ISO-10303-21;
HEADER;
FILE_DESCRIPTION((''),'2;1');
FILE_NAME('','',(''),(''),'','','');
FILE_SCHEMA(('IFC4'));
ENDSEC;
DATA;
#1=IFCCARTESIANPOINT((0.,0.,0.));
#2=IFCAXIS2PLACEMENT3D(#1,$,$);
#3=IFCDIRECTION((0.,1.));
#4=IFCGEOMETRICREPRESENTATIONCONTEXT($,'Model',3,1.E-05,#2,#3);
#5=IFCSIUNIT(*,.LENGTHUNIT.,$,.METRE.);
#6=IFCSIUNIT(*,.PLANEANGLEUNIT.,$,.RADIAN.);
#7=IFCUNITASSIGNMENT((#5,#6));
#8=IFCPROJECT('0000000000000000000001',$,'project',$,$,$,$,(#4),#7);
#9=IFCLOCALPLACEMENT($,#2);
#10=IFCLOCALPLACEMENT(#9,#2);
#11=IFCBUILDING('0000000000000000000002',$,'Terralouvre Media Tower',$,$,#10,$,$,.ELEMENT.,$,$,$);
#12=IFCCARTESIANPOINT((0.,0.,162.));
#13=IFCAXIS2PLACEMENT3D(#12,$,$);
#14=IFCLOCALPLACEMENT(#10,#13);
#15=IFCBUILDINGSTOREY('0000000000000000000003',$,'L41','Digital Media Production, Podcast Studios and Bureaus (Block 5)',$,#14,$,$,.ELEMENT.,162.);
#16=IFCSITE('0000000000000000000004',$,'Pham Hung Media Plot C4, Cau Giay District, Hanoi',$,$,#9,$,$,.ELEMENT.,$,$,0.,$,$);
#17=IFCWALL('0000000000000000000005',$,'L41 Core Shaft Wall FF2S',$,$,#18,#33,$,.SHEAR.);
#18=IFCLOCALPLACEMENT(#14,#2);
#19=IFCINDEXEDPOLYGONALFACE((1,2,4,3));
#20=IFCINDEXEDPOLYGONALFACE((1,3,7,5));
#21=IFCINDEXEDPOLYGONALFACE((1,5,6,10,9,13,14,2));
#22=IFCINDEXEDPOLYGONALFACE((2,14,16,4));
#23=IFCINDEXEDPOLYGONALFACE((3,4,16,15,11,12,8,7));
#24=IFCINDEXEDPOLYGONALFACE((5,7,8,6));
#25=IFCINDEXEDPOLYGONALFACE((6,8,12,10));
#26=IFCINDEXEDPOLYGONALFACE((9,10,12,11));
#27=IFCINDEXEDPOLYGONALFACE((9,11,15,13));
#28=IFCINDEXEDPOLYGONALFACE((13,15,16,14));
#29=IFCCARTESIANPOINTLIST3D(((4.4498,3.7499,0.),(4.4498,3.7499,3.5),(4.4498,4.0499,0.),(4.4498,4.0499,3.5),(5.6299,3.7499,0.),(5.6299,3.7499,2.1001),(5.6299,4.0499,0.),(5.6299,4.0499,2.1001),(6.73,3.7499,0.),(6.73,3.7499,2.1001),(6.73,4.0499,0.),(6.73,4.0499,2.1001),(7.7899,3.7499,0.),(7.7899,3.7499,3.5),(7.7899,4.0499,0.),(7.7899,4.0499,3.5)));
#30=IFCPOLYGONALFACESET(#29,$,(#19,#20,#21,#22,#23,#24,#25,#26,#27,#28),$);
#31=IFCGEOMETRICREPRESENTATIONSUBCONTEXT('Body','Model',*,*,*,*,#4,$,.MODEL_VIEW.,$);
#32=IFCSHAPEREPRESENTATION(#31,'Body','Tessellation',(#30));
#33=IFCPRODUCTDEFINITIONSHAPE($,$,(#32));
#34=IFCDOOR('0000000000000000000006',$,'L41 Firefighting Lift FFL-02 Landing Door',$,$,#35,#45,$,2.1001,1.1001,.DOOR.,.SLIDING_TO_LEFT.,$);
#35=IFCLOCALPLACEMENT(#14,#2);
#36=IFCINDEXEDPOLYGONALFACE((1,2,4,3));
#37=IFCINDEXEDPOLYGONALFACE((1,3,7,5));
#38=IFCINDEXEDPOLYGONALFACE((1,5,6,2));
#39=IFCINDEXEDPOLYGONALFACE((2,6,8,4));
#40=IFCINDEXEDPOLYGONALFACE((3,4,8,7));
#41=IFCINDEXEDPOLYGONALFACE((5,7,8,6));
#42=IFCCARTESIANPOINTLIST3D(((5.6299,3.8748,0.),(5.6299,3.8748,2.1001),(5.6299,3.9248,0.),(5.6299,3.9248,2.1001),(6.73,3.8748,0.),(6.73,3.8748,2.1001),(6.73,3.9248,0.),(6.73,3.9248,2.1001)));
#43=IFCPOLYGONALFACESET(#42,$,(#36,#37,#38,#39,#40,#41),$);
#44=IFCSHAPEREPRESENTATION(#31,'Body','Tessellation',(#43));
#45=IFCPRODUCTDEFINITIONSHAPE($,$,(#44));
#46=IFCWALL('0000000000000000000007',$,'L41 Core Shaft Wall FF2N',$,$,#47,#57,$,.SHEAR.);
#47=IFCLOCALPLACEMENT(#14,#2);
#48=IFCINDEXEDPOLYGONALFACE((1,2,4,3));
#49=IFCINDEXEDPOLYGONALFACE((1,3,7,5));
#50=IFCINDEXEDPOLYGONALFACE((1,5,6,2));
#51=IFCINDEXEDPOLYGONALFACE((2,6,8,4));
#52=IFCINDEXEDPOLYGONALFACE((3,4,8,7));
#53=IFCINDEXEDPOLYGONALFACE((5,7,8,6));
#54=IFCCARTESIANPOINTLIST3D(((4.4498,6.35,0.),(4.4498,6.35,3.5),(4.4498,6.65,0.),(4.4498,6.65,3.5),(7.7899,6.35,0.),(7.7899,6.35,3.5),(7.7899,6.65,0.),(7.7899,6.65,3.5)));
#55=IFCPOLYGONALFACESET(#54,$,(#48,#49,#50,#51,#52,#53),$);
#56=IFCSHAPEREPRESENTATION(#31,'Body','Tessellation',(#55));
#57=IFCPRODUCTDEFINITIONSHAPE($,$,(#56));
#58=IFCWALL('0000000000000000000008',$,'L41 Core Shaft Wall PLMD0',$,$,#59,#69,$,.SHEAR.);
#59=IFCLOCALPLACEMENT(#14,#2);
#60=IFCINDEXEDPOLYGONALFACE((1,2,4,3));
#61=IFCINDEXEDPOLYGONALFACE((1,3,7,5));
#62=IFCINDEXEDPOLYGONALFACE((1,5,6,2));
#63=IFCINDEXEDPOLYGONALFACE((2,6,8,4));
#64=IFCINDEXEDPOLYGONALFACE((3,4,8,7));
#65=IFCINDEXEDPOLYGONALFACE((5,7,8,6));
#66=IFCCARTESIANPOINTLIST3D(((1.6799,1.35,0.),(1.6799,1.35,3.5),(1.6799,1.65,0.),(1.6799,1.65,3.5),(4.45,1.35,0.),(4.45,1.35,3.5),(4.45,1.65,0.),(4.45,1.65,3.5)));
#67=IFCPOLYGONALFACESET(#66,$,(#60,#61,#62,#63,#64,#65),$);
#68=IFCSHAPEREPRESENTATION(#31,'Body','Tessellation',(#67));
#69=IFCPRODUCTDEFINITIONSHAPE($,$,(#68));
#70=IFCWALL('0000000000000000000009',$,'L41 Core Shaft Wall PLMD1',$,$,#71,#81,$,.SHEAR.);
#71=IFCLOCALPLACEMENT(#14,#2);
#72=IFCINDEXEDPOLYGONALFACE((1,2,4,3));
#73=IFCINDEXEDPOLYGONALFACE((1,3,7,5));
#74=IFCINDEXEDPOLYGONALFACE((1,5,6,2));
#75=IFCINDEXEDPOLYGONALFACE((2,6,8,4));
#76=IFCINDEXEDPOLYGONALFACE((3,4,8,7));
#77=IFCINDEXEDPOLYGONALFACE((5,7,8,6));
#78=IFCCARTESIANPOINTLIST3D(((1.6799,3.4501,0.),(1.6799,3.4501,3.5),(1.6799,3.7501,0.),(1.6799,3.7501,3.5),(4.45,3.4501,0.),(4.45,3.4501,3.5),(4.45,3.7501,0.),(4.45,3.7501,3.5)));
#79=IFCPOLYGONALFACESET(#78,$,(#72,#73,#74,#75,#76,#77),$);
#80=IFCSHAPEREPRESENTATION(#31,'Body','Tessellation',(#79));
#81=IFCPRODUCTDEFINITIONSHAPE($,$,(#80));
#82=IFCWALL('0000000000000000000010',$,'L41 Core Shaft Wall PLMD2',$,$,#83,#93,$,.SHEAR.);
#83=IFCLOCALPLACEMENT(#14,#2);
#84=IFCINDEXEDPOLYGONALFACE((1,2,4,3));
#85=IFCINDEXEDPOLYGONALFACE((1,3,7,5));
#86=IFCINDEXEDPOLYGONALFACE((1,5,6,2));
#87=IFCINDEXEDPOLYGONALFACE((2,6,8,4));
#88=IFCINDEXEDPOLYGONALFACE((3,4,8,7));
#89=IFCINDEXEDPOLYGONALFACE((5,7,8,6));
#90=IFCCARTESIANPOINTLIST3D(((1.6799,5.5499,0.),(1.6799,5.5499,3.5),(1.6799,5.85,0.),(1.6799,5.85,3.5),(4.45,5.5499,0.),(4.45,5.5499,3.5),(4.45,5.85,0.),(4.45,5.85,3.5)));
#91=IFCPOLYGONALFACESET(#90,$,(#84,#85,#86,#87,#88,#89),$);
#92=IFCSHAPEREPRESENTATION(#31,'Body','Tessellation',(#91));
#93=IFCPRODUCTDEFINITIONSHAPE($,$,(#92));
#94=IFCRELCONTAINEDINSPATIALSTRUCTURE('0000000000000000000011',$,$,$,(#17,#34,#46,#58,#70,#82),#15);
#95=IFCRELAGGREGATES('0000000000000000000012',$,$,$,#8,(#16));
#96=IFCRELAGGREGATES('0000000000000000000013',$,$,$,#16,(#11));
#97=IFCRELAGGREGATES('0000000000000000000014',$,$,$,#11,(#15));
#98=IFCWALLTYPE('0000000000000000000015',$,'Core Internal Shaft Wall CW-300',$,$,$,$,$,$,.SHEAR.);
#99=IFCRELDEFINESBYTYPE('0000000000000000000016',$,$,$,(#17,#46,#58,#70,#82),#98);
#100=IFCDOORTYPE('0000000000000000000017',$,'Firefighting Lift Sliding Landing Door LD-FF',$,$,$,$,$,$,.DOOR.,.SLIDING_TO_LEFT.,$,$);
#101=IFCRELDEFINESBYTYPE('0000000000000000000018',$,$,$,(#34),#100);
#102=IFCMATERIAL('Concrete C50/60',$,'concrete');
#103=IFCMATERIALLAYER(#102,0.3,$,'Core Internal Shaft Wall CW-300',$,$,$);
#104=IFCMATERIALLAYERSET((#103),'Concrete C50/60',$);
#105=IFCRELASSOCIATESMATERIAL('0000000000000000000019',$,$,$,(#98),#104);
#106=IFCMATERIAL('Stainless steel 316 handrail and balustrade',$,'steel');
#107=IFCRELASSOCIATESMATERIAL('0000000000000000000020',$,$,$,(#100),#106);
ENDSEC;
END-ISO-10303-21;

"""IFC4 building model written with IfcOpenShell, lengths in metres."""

from ifc_helpers import new_model, si_unit, direction, frame, frame_2d, origin, place, context, subcontext, project, spatial, rectangle, extrude, material, layer, layer_set, type_object, element, fill, save


model = new_model("IFC4")

# Units and contexts
model_context = context("Model", 3, precision=1e-05, world=origin(), true_north=direction((0.0, 1.0)))
body_context = subcontext(model_context, "Body", "Model", "MODEL_VIEW")
ifc_project = project(units=[si_unit("LENGTHUNIT", "METRE"), si_unit("PLANEANGLEUNIT", "RADIAN")], contexts=[model_context])

# Site, building, storey
site_placement = place(None, origin())
site = spatial("IfcSite", under=ifc_project, at=site_placement, Name="Pham Hung Media Plot C4, Cau Giay District, Hanoi", CompositionType="ELEMENT", RefElevation=0.0)
building_placement = place(site_placement, origin())
building = spatial("IfcBuilding", under=site, at=building_placement, Name="Terralouvre Media Tower", CompositionType="ELEMENT")
storey_placement = place(building_placement, frame((0.0, 0.0, 162.0)))
storey = spatial("IfcBuildingStorey", under=building, at=storey_placement, Name="L41", Description="Digital Media Production, Podcast Studios and Bureaus (Block 5)", CompositionType="ELEMENT", Elevation=162.0)

# Wall, opening, door
ifc_material_1 = material(Name="Concrete C50/60", Category="concrete")
ifc_layer_1 = layer(ifc_material_1, 0.3, Name="Core Internal Shaft Wall CW-300")
ifc_layer_set_1 = layer_set([ifc_layer_1], Name="Concrete C50/60")
wall_type = type_object("IfcWallType", Name="Core Internal Shaft Wall CW-300", PredefinedType="SHEAR", material=ifc_layer_set_1)
wall_1_placement = place(storey_placement, frame((4.45, 3.8999, 0.0), z_axis=(0.0, 0.0, 1.0), x_axis=(1.0, 0.0, 0.0)))
wall_1 = element("IfcWall", 1, at=wall_1_placement, inside=storey, type_object=wall_type, Name="L41 Core Shaft Wall FF2S", PredefinedType="SHEAR", context=body_context, shape_type="SweptSolid", body=[
    extrude(rectangle(XDim=3.3401, YDim=0.3, at=frame_2d((1.6699, 0.0))), origin(), (0.0, 0.0, 1.0), 3.5),
])
opening_placement = place(wall_1_placement, frame((1.1799, 0.0, 0.0)))
opening = element("IfcOpeningElement", 2, at=opening_placement, cuts=wall_1, PredefinedType="OPENING", context=body_context, shape_type="SweptSolid", body=[
    extrude(rectangle(XDim=1.1001, YDim=2.1001, at=frame_2d((0.55, 1.05))), frame((0.0, 0.1599, 0.0), z_axis=(0.0, -1.0, 0.0), x_axis=(1.0, 0.0, 0.0)), (0.0, 0.0, 1.0), 0.3201),
])
ifc_material_2 = material(Name="Stainless steel 316 handrail and balustrade", Category="steel")
door_type = type_object("IfcDoorType", Name="Firefighting Lift Sliding Landing Door LD-FF", OperationType="SLIDING_TO_LEFT", PredefinedType="DOOR", material=ifc_material_2)
door_placement = place(opening_placement, origin())
door = element("IfcDoor", 3, at=door_placement, inside=storey, type_object=door_type, Name="L41 Firefighting Lift FFL-02 Landing Door", OperationType="SLIDING_TO_LEFT", OverallHeight=2.1001, OverallWidth=1.1001, PredefinedType="DOOR", context=body_context, shape_type="SweptSolid", body=[
    extrude(rectangle(XDim=1.1001, YDim=2.1001, at=frame_2d((0.55, 1.05))), frame((0.0, 0.0249, 0.0), z_axis=(0.0, -1.0, 0.0), x_axis=(1.0, 0.0, 0.0)), (0.0, 0.0, 1.0), 0.05),
])
fill(opening, door)

# Walls
wall_2_placement = place(storey_placement, frame((4.45, 6.5, 0.0), z_axis=(0.0, 0.0, 1.0), x_axis=(1.0, 0.0, 0.0)))
element("IfcWall", 4, at=wall_2_placement, inside=storey, type_object=wall_type, Name="L41 Core Shaft Wall FF2N", PredefinedType="SHEAR", context=body_context, shape_type="SweptSolid", body=[
    extrude(rectangle(XDim=3.3401, YDim=0.3, at=frame_2d((1.6699, 0.0))), origin(), (0.0, 0.0, 1.0), 3.5),
])
for number, where, z_axis, x_axis, name in (
    (5, (1.6799, 1.5, 0.0), (0.0, 0.0, 1.0), (1.0, 0.0, 0.0), "L41 Core Shaft Wall PLMD0"),
    (6, (1.6799, 3.6001, 0.0), (0.0, 0.0, 1.0), (1.0, 0.0, 0.0), "L41 Core Shaft Wall PLMD1"),
    (7, (1.6799, 5.7, 0.0), (0.0, 0.0, 1.0), (1.0, 0.0, 0.0), "L41 Core Shaft Wall PLMD2"),
):
    element("IfcWall", number, at=place(storey_placement, frame(where, z_axis=z_axis, x_axis=x_axis)), inside=storey, type_object=wall_type, Name=name, PredefinedType="SHEAR", context=body_context, shape_type="SweptSolid", body=[
        extrude(rectangle(XDim=2.77, YDim=0.3, at=frame_2d((1.385, 0.0))), origin(), (0.0, 0.0, 1.0), 3.5),
    ])

save(model, "model.ifc")
